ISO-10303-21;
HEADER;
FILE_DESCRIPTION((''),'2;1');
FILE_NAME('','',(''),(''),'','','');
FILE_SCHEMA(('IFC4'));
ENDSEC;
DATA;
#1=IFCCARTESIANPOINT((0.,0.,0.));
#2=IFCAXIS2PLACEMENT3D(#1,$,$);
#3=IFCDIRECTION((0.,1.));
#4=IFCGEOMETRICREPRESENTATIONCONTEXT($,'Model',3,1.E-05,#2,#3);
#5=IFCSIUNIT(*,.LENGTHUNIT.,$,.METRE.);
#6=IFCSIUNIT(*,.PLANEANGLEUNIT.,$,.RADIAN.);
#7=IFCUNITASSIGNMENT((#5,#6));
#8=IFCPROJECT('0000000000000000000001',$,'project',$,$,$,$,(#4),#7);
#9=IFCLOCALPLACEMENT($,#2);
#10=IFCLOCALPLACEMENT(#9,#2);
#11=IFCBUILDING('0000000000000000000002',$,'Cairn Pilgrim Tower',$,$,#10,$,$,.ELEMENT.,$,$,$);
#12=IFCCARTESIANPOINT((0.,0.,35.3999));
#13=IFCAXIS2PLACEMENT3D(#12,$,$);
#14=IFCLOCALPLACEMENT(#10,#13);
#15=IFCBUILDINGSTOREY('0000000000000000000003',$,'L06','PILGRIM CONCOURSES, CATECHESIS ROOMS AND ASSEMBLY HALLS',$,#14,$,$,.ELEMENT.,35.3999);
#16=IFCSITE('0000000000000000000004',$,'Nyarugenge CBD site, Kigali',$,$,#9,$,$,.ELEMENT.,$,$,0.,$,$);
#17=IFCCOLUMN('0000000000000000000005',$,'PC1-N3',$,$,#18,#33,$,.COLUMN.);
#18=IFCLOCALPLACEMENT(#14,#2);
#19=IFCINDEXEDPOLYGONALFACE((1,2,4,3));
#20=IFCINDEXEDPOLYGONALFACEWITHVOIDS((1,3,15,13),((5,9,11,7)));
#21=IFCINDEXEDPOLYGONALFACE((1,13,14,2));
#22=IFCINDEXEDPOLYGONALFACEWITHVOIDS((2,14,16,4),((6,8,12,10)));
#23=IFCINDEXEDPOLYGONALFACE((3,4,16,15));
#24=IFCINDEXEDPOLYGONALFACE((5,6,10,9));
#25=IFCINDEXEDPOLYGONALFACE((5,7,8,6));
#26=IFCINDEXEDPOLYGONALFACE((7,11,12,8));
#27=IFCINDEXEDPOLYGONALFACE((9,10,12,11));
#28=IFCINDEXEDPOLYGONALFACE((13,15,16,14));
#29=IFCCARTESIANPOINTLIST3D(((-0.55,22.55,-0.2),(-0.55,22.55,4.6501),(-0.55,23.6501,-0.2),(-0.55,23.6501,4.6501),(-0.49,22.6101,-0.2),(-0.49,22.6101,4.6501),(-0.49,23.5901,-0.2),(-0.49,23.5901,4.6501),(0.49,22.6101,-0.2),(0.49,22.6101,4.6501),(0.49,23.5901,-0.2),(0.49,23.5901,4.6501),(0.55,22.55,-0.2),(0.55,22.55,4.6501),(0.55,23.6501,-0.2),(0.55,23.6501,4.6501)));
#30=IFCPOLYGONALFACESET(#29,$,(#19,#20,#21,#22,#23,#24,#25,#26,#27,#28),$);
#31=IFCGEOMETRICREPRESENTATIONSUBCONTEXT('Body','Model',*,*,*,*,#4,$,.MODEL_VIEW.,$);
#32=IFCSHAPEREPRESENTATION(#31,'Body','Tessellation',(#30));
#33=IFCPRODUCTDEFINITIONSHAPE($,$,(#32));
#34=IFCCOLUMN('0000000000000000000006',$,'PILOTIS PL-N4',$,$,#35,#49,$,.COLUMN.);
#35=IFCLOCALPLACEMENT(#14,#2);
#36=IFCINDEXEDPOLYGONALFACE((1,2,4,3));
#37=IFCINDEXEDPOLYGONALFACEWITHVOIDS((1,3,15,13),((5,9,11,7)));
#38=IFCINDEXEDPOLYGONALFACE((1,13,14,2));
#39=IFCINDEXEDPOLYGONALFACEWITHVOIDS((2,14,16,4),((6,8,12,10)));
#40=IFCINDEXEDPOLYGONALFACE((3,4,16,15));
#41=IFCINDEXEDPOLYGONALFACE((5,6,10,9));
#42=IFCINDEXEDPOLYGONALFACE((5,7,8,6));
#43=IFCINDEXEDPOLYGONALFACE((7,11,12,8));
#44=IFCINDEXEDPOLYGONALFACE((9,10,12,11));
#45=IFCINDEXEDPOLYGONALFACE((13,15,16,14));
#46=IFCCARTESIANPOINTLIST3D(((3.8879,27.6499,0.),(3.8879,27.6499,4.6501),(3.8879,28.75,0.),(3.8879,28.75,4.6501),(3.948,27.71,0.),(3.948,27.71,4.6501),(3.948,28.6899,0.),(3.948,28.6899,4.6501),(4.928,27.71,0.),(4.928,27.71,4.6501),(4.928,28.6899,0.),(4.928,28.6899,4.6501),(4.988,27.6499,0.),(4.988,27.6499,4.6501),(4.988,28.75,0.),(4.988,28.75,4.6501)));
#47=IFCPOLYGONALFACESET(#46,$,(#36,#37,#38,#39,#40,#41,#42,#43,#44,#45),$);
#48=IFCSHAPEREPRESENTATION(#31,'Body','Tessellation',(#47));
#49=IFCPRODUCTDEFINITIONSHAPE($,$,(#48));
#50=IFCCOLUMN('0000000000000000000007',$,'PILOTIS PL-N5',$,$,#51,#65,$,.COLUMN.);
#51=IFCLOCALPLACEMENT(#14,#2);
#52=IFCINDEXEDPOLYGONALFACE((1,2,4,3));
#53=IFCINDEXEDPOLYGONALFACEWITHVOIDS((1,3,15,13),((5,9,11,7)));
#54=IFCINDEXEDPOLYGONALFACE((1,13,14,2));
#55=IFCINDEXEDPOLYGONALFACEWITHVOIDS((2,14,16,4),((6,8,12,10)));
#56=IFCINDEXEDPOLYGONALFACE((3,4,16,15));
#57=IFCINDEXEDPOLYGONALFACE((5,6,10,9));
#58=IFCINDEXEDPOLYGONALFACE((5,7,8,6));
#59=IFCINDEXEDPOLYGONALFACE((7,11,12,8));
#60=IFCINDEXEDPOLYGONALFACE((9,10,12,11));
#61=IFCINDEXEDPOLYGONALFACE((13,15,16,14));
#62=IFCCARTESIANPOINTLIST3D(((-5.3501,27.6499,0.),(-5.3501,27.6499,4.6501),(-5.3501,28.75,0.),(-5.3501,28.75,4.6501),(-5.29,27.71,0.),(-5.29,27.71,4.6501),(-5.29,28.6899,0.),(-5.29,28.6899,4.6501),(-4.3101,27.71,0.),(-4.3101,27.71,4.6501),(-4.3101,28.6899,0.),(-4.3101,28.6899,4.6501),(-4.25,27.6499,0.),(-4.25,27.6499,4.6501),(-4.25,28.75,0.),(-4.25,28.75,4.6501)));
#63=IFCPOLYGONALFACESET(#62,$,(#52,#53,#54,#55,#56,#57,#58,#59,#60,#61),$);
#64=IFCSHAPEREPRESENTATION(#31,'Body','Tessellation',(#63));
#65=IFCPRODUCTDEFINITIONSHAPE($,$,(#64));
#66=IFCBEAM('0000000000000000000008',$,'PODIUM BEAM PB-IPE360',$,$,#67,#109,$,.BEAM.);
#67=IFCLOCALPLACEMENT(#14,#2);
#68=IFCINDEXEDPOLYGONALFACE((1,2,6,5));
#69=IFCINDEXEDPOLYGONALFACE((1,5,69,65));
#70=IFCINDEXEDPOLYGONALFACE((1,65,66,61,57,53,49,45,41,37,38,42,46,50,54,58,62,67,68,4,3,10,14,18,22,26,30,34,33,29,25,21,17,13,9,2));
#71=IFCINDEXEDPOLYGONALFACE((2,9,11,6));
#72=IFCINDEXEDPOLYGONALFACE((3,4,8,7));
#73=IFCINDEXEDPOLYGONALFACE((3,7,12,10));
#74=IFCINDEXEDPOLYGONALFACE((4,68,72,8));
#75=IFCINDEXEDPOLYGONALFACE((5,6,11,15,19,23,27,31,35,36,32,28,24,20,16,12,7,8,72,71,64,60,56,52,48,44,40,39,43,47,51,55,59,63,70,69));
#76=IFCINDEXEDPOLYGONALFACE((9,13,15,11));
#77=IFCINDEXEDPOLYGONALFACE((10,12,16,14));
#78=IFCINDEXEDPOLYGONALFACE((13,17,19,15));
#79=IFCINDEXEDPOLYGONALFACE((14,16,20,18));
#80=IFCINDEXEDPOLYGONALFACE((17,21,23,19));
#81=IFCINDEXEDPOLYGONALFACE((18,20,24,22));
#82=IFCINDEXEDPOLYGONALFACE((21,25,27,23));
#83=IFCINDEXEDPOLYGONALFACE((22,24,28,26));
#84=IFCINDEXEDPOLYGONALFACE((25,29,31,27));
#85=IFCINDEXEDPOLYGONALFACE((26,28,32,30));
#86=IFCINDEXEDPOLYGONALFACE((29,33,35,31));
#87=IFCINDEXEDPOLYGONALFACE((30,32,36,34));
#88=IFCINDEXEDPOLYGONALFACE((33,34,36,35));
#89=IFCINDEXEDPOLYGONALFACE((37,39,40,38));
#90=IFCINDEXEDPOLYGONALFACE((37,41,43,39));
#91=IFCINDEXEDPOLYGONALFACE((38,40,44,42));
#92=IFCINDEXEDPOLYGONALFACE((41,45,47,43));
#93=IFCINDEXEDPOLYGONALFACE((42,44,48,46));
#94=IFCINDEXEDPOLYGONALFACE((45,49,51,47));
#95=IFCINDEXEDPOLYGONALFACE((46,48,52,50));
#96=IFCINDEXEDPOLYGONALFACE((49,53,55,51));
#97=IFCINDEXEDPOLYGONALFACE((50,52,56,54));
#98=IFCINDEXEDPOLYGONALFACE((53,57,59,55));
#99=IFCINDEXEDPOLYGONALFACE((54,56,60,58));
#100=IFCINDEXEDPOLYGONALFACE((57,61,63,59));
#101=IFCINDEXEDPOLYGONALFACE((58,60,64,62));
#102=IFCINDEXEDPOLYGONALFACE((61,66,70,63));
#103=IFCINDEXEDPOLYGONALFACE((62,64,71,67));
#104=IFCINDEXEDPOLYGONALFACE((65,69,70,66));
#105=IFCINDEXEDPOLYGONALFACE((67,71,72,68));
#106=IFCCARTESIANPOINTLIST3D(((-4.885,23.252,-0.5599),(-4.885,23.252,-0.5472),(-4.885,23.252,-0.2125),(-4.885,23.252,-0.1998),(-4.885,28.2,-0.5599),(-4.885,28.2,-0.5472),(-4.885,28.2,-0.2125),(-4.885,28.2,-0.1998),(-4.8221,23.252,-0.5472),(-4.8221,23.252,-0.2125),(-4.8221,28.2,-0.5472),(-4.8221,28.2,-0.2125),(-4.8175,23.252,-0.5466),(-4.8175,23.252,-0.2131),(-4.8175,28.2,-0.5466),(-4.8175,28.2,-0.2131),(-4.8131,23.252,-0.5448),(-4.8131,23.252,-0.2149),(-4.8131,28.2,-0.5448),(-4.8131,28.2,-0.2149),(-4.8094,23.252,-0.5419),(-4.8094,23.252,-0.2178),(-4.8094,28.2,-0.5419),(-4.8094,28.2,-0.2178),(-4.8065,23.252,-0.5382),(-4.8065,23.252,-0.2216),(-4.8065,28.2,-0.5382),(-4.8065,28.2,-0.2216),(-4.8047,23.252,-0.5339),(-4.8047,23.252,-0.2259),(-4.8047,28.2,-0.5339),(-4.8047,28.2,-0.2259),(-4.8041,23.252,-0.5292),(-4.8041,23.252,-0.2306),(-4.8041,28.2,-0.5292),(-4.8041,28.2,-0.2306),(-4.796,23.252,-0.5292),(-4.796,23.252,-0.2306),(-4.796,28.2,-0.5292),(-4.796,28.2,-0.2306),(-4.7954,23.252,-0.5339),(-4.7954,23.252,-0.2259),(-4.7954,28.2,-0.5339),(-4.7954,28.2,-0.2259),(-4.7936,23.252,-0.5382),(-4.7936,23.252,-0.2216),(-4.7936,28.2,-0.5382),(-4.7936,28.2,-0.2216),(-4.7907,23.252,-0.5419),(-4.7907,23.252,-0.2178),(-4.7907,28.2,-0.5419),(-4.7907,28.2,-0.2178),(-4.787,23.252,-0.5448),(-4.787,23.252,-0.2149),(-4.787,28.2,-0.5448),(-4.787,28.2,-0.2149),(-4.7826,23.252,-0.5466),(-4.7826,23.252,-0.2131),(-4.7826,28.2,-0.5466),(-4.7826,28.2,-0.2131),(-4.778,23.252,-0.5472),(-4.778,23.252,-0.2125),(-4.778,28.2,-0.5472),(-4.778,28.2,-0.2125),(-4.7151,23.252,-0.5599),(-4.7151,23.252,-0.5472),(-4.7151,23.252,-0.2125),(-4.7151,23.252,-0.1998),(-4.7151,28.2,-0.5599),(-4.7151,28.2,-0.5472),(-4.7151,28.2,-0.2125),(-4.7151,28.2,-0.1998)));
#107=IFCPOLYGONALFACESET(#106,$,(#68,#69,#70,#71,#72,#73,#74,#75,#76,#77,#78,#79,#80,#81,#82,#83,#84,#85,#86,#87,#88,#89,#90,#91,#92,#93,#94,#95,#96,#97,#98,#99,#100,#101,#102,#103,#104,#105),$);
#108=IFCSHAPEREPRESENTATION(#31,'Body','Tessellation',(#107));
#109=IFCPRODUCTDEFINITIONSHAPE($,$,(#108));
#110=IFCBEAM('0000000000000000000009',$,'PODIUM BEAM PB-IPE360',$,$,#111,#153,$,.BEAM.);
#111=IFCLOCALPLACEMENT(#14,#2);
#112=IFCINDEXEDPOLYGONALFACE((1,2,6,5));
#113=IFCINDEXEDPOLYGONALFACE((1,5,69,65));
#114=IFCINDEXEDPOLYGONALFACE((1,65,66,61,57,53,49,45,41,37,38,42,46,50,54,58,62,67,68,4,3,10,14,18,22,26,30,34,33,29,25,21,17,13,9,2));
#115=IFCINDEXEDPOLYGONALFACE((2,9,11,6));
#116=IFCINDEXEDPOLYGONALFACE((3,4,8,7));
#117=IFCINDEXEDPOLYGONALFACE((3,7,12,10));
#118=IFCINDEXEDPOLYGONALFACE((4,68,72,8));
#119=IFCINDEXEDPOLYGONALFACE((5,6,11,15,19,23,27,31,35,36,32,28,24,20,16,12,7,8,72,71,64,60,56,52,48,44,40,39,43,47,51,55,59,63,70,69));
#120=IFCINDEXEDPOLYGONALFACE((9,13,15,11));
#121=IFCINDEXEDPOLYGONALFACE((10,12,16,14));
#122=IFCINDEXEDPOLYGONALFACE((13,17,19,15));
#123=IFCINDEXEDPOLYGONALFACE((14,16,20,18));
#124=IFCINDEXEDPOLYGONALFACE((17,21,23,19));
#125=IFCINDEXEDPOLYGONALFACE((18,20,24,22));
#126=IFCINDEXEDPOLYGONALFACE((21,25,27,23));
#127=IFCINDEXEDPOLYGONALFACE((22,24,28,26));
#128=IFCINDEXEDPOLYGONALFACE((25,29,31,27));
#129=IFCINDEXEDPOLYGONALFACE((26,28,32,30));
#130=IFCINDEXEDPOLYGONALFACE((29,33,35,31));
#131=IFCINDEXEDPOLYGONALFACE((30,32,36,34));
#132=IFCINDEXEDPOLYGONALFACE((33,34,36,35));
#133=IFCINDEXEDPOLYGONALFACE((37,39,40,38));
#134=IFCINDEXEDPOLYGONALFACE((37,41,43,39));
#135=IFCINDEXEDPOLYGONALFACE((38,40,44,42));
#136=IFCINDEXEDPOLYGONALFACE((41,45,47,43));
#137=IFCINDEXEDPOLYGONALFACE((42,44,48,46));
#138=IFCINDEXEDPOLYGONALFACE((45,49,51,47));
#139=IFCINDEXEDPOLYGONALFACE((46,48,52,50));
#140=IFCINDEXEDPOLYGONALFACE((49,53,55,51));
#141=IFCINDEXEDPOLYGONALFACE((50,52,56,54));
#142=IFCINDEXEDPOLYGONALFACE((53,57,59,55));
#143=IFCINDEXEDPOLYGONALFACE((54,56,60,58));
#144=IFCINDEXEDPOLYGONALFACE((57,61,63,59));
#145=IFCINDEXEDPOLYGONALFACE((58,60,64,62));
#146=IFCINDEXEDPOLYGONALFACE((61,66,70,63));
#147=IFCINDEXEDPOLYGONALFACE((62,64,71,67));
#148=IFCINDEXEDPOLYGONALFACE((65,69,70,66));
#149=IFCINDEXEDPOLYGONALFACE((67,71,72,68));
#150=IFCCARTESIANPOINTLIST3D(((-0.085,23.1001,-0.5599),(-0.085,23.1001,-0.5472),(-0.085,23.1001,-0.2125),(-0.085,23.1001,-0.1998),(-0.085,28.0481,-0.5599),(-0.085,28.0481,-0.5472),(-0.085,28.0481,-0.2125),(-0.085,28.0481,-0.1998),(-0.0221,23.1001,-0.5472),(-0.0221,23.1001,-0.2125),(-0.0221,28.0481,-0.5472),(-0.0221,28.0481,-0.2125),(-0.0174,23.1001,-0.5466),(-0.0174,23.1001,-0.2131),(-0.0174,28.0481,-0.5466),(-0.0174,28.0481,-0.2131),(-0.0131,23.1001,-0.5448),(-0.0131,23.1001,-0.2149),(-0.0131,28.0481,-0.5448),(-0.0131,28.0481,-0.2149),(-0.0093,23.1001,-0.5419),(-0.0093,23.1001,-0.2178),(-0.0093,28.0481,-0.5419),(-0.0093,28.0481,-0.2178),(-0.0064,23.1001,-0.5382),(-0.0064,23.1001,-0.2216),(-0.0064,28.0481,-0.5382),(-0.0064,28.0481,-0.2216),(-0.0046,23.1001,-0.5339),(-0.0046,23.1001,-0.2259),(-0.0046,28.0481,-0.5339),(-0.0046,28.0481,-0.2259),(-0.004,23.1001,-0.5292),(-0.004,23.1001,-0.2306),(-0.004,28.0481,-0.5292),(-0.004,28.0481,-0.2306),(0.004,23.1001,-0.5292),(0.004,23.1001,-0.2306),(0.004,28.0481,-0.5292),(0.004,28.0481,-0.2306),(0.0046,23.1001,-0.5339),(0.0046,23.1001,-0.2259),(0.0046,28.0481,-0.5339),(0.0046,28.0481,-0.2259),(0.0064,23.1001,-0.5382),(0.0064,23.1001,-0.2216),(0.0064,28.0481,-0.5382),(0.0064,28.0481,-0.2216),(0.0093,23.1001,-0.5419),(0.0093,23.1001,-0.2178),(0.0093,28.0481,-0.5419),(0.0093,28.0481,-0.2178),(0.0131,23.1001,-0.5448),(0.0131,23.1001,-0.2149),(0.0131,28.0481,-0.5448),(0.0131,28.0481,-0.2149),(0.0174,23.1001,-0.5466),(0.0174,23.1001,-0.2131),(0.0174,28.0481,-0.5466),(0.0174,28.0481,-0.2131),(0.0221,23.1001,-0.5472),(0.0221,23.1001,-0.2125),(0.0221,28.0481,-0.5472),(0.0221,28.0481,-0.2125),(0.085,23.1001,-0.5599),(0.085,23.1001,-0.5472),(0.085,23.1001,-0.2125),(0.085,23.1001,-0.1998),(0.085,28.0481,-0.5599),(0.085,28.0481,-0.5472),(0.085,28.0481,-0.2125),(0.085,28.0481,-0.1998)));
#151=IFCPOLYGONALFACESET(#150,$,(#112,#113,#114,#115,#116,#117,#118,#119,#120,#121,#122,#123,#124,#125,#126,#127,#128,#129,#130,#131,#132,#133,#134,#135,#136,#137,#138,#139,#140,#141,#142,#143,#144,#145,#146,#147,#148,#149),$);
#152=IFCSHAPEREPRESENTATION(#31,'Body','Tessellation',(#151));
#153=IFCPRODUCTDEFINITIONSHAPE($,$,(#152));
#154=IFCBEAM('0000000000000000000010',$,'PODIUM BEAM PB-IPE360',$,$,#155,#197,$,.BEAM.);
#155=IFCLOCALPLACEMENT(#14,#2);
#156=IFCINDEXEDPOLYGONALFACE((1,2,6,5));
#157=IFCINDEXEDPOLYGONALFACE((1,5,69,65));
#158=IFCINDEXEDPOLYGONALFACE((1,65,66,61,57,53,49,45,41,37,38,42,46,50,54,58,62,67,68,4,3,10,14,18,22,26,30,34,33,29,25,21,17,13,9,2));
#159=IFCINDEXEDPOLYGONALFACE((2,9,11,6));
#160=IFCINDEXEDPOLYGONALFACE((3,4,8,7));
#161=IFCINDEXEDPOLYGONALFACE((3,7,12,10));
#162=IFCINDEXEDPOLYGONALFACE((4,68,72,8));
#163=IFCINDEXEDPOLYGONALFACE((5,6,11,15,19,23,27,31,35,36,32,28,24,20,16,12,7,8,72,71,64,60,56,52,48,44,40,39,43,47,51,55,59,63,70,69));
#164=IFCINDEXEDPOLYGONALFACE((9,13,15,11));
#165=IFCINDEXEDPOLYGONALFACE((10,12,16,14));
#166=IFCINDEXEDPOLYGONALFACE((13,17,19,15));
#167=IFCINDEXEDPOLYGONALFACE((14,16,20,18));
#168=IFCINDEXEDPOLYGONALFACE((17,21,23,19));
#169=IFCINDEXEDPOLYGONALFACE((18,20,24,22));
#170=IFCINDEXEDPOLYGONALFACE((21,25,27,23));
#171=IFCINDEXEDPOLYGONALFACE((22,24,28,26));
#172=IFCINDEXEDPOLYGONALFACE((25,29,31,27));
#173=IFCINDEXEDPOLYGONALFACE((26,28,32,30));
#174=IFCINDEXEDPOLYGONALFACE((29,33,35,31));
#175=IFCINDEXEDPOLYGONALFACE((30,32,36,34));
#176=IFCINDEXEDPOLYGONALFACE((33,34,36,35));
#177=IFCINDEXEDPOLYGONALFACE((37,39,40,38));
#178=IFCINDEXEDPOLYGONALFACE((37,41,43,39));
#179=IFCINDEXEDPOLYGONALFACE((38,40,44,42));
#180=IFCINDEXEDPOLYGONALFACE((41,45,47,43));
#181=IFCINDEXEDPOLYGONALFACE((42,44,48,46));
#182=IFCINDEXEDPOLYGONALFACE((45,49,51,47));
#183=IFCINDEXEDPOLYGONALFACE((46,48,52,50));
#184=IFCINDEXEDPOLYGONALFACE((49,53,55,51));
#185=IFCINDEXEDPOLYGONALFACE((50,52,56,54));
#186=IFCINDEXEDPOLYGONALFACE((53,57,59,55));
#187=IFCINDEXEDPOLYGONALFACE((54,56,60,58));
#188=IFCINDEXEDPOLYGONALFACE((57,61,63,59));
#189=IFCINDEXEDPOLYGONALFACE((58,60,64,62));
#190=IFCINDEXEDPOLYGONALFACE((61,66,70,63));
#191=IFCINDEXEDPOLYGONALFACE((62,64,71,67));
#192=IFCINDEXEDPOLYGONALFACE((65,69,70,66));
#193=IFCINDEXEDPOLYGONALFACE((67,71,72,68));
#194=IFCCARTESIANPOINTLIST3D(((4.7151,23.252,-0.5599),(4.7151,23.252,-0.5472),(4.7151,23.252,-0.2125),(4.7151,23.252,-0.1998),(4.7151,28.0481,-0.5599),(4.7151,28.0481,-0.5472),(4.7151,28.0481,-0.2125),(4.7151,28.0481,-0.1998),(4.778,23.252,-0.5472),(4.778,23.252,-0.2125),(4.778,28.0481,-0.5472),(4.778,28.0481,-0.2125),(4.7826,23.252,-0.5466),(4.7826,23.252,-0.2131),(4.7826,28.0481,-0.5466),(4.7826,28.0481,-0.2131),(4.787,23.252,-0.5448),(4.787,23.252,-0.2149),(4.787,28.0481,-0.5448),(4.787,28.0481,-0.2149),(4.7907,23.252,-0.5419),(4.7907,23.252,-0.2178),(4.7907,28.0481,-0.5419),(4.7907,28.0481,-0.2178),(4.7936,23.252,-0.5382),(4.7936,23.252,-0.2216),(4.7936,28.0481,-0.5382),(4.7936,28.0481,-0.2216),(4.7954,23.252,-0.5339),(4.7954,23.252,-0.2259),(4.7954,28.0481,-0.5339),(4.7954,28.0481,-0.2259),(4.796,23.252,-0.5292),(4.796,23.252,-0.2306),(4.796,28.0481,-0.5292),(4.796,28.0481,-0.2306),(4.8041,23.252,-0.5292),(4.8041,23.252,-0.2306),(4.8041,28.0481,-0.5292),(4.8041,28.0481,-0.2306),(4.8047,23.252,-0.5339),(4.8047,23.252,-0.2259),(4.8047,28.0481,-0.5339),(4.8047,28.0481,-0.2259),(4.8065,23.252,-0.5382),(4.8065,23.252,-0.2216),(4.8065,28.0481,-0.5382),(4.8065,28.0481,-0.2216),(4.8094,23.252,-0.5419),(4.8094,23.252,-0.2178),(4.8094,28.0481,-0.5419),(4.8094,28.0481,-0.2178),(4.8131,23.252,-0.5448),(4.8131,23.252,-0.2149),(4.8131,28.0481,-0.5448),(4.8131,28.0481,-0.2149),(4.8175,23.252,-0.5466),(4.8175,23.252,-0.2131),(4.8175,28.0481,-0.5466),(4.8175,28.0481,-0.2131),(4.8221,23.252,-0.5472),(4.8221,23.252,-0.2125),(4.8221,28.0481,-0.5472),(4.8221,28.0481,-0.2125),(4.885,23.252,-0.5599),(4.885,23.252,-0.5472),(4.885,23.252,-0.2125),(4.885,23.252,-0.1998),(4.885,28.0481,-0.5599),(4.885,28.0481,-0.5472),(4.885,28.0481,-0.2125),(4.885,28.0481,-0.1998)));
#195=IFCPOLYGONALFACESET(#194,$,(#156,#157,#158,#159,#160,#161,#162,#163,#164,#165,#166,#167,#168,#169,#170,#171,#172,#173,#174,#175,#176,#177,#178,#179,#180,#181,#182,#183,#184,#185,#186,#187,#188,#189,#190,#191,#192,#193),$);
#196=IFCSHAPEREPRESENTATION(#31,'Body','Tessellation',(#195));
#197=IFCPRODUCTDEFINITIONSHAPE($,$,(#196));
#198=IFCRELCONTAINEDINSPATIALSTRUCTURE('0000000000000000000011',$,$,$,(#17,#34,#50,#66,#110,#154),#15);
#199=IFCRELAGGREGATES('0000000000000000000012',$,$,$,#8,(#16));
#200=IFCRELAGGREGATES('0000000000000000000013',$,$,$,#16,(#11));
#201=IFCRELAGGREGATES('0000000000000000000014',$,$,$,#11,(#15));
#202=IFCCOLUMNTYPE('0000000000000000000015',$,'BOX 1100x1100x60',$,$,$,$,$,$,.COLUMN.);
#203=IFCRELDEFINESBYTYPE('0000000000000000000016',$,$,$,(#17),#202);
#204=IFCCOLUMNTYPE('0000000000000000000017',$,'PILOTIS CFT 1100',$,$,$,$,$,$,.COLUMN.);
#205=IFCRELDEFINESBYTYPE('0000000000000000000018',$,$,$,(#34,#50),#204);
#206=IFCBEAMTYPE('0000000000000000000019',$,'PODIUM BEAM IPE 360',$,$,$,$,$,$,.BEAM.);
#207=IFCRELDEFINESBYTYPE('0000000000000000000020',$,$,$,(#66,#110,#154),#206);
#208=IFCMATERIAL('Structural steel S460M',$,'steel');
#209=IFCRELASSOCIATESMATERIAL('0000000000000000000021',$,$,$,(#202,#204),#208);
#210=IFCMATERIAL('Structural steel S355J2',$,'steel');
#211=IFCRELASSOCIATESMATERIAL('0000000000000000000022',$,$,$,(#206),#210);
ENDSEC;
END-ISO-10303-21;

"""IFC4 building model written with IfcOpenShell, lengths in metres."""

from ifc_helpers import new_model, si_unit, direction, frame, origin, origin_2d, place, context, subcontext, project, spatial, hollow_rectangle, i_section, extrude, material, material_profile, profile_set, type_object, element, save


model = new_model("IFC4")

# Units and contexts
model_context = context("Model", 3, precision=1e-05, world=origin(), true_north=direction((0.0, 1.0)))
body_context = subcontext(model_context, "Body", "Model", "MODEL_VIEW")
ifc_project = project(units=[si_unit("LENGTHUNIT", "METRE"), si_unit("PLANEANGLEUNIT", "RADIAN")], contexts=[model_context])

# Site, building, storey
site_placement = place(None, origin())
site = spatial("IfcSite", under=ifc_project, at=site_placement, Name="Nyarugenge CBD site, Kigali", CompositionType="ELEMENT", RefElevation=0.0)
building_placement = place(site_placement, origin())
building = spatial("IfcBuilding", under=site, at=building_placement, Name="Cairn Pilgrim Tower", CompositionType="ELEMENT")
storey_placement = place(building_placement, frame((0.0, 0.0, 35.3999)))
storey = spatial("IfcBuildingStorey", under=building, at=storey_placement, Name="L06", Description="PILGRIM CONCOURSES, CATECHESIS ROOMS AND ASSEMBLY HALLS", CompositionType="ELEMENT", Elevation=35.3999)

# Columns
ifc_material_1 = material(Name="Structural steel S460M", Category="steel")
ifc_material_profile_1 = material_profile(ifc_material_1, hollow_rectangle(XDim=1.1001, YDim=1.1001, WallThickness=0.0601, at=origin_2d()), Name="BOX 1100x1100x60")
ifc_profile_set_1 = profile_set([ifc_material_profile_1], Name="Structural steel S460M")
column_type_1 = type_object("IfcColumnType", Name="BOX 1100x1100x60", PredefinedType="COLUMN", material=ifc_profile_set_1)
column_placement = place(storey_placement, frame((0.0, 23.1001, -0.2), z_axis=(0.0, 0.0, 1.0), x_axis=(1.0, 0.0, 0.0)))
element("IfcColumn", 1, at=column_placement, inside=storey, type_object=column_type_1, Name="PC1-N3", PredefinedType="COLUMN", context=body_context, shape_type="SweptSolid", body=[
    extrude(hollow_rectangle(XDim=1.1001, YDim=1.1001, WallThickness=0.0601, at=origin_2d()), origin(), (0.0, 0.0, 1.0), 4.8501),
])
ifc_material_profile_2 = material_profile(ifc_material_1, hollow_rectangle(XDim=1.1001, YDim=1.1001, WallThickness=0.0601, at=origin_2d()), Name="BOX 1100x1100x60")
ifc_profile_set_2 = profile_set([ifc_material_profile_2], Name="Structural steel S460M")
column_type_2 = type_object("IfcColumnType", Name="PILOTIS CFT 1100", PredefinedType="COLUMN", material=ifc_profile_set_2)
for number, where, z_axis, x_axis, name in (
    (2, (4.438, 28.2, 0.0), (0.0, 0.0, 1.0), (1.0, 0.0, 0.0), "PILOTIS PL-N4"),
    (3, (-4.8, 28.2, 0.0), (0.0, 0.0, 1.0), (1.0, 0.0, 0.0), "PILOTIS PL-N5"),
):
    element("IfcColumn", number, at=place(storey_placement, frame(where, z_axis=z_axis, x_axis=x_axis)), inside=storey, type_object=column_type_2, Name=name, PredefinedType="COLUMN", context=body_context, shape_type="SweptSolid", body=[
        extrude(hollow_rectangle(XDim=1.1001, YDim=1.1001, WallThickness=0.0601, at=origin_2d()), origin(), (0.0, 0.0, 1.0), 4.6501),
    ])

# Beams
ifc_material_2 = material(Name="Structural steel S355J2", Category="steel")
ifc_material_profile_3 = material_profile(ifc_material_2, i_section(OverallWidth=0.1699, OverallDepth=0.3601, WebThickness=0.0081, FlangeThickness=0.0127, FilletRadius=0.0181, at=origin_2d()), Name="IPE 360")
ifc_profile_set_3 = profile_set([ifc_material_profile_3], Name="Structural steel S355J2")
beam_type_1 = type_object("IfcBeamType", Name="PODIUM BEAM IPE 360", PredefinedType="BEAM", material=ifc_profile_set_3)
for number, where, z_axis, x_axis, name in (
    (4, (-4.8, 23.252, -0.3799), (0.0, 1.0, 0.0), (-1.0, 0.0, 0.0), "PODIUM BEAM PB-IPE360"),
    (5, (0.0, 23.1001, -0.3799), (0.0, 1.0, 0.0), (-1.0, 0.0, 0.0), "PODIUM BEAM PB-IPE360"),
):
    element("IfcBeam", number, at=place(storey_placement, frame(where, z_axis=z_axis, x_axis=x_axis)), inside=storey, type_object=beam_type_1, Name=name, PredefinedType="BEAM", context=body_context, shape_type="SweptSolid", body=[
        extrude(i_section(OverallWidth=0.1699, OverallDepth=0.3601, WebThickness=0.0081, FlangeThickness=0.0127, FilletRadius=0.0181, at=origin_2d()), origin(), (0.0, 0.0, 1.0), 4.948),
    ])
beam_1_placement = place(storey_placement, frame((4.8, 23.252, -0.3799), z_axis=(0.0, 1.0, 0.0), x_axis=(-1.0, 0.0, 0.0)))
element("IfcBeam", 6, at=beam_1_placement, inside=storey, type_object=beam_type_1, Name="PODIUM BEAM PB-IPE360", PredefinedType="BEAM", context=body_context, shape_type="SweptSolid", body=[
    extrude(i_section(OverallWidth=0.1699, OverallDepth=0.3601, WebThickness=0.0081, FlangeThickness=0.0127, FilletRadius=0.0181, at=origin_2d()), origin(), (0.0, 0.0, 1.0), 4.7961),
])

save(model, "model.ifc")
